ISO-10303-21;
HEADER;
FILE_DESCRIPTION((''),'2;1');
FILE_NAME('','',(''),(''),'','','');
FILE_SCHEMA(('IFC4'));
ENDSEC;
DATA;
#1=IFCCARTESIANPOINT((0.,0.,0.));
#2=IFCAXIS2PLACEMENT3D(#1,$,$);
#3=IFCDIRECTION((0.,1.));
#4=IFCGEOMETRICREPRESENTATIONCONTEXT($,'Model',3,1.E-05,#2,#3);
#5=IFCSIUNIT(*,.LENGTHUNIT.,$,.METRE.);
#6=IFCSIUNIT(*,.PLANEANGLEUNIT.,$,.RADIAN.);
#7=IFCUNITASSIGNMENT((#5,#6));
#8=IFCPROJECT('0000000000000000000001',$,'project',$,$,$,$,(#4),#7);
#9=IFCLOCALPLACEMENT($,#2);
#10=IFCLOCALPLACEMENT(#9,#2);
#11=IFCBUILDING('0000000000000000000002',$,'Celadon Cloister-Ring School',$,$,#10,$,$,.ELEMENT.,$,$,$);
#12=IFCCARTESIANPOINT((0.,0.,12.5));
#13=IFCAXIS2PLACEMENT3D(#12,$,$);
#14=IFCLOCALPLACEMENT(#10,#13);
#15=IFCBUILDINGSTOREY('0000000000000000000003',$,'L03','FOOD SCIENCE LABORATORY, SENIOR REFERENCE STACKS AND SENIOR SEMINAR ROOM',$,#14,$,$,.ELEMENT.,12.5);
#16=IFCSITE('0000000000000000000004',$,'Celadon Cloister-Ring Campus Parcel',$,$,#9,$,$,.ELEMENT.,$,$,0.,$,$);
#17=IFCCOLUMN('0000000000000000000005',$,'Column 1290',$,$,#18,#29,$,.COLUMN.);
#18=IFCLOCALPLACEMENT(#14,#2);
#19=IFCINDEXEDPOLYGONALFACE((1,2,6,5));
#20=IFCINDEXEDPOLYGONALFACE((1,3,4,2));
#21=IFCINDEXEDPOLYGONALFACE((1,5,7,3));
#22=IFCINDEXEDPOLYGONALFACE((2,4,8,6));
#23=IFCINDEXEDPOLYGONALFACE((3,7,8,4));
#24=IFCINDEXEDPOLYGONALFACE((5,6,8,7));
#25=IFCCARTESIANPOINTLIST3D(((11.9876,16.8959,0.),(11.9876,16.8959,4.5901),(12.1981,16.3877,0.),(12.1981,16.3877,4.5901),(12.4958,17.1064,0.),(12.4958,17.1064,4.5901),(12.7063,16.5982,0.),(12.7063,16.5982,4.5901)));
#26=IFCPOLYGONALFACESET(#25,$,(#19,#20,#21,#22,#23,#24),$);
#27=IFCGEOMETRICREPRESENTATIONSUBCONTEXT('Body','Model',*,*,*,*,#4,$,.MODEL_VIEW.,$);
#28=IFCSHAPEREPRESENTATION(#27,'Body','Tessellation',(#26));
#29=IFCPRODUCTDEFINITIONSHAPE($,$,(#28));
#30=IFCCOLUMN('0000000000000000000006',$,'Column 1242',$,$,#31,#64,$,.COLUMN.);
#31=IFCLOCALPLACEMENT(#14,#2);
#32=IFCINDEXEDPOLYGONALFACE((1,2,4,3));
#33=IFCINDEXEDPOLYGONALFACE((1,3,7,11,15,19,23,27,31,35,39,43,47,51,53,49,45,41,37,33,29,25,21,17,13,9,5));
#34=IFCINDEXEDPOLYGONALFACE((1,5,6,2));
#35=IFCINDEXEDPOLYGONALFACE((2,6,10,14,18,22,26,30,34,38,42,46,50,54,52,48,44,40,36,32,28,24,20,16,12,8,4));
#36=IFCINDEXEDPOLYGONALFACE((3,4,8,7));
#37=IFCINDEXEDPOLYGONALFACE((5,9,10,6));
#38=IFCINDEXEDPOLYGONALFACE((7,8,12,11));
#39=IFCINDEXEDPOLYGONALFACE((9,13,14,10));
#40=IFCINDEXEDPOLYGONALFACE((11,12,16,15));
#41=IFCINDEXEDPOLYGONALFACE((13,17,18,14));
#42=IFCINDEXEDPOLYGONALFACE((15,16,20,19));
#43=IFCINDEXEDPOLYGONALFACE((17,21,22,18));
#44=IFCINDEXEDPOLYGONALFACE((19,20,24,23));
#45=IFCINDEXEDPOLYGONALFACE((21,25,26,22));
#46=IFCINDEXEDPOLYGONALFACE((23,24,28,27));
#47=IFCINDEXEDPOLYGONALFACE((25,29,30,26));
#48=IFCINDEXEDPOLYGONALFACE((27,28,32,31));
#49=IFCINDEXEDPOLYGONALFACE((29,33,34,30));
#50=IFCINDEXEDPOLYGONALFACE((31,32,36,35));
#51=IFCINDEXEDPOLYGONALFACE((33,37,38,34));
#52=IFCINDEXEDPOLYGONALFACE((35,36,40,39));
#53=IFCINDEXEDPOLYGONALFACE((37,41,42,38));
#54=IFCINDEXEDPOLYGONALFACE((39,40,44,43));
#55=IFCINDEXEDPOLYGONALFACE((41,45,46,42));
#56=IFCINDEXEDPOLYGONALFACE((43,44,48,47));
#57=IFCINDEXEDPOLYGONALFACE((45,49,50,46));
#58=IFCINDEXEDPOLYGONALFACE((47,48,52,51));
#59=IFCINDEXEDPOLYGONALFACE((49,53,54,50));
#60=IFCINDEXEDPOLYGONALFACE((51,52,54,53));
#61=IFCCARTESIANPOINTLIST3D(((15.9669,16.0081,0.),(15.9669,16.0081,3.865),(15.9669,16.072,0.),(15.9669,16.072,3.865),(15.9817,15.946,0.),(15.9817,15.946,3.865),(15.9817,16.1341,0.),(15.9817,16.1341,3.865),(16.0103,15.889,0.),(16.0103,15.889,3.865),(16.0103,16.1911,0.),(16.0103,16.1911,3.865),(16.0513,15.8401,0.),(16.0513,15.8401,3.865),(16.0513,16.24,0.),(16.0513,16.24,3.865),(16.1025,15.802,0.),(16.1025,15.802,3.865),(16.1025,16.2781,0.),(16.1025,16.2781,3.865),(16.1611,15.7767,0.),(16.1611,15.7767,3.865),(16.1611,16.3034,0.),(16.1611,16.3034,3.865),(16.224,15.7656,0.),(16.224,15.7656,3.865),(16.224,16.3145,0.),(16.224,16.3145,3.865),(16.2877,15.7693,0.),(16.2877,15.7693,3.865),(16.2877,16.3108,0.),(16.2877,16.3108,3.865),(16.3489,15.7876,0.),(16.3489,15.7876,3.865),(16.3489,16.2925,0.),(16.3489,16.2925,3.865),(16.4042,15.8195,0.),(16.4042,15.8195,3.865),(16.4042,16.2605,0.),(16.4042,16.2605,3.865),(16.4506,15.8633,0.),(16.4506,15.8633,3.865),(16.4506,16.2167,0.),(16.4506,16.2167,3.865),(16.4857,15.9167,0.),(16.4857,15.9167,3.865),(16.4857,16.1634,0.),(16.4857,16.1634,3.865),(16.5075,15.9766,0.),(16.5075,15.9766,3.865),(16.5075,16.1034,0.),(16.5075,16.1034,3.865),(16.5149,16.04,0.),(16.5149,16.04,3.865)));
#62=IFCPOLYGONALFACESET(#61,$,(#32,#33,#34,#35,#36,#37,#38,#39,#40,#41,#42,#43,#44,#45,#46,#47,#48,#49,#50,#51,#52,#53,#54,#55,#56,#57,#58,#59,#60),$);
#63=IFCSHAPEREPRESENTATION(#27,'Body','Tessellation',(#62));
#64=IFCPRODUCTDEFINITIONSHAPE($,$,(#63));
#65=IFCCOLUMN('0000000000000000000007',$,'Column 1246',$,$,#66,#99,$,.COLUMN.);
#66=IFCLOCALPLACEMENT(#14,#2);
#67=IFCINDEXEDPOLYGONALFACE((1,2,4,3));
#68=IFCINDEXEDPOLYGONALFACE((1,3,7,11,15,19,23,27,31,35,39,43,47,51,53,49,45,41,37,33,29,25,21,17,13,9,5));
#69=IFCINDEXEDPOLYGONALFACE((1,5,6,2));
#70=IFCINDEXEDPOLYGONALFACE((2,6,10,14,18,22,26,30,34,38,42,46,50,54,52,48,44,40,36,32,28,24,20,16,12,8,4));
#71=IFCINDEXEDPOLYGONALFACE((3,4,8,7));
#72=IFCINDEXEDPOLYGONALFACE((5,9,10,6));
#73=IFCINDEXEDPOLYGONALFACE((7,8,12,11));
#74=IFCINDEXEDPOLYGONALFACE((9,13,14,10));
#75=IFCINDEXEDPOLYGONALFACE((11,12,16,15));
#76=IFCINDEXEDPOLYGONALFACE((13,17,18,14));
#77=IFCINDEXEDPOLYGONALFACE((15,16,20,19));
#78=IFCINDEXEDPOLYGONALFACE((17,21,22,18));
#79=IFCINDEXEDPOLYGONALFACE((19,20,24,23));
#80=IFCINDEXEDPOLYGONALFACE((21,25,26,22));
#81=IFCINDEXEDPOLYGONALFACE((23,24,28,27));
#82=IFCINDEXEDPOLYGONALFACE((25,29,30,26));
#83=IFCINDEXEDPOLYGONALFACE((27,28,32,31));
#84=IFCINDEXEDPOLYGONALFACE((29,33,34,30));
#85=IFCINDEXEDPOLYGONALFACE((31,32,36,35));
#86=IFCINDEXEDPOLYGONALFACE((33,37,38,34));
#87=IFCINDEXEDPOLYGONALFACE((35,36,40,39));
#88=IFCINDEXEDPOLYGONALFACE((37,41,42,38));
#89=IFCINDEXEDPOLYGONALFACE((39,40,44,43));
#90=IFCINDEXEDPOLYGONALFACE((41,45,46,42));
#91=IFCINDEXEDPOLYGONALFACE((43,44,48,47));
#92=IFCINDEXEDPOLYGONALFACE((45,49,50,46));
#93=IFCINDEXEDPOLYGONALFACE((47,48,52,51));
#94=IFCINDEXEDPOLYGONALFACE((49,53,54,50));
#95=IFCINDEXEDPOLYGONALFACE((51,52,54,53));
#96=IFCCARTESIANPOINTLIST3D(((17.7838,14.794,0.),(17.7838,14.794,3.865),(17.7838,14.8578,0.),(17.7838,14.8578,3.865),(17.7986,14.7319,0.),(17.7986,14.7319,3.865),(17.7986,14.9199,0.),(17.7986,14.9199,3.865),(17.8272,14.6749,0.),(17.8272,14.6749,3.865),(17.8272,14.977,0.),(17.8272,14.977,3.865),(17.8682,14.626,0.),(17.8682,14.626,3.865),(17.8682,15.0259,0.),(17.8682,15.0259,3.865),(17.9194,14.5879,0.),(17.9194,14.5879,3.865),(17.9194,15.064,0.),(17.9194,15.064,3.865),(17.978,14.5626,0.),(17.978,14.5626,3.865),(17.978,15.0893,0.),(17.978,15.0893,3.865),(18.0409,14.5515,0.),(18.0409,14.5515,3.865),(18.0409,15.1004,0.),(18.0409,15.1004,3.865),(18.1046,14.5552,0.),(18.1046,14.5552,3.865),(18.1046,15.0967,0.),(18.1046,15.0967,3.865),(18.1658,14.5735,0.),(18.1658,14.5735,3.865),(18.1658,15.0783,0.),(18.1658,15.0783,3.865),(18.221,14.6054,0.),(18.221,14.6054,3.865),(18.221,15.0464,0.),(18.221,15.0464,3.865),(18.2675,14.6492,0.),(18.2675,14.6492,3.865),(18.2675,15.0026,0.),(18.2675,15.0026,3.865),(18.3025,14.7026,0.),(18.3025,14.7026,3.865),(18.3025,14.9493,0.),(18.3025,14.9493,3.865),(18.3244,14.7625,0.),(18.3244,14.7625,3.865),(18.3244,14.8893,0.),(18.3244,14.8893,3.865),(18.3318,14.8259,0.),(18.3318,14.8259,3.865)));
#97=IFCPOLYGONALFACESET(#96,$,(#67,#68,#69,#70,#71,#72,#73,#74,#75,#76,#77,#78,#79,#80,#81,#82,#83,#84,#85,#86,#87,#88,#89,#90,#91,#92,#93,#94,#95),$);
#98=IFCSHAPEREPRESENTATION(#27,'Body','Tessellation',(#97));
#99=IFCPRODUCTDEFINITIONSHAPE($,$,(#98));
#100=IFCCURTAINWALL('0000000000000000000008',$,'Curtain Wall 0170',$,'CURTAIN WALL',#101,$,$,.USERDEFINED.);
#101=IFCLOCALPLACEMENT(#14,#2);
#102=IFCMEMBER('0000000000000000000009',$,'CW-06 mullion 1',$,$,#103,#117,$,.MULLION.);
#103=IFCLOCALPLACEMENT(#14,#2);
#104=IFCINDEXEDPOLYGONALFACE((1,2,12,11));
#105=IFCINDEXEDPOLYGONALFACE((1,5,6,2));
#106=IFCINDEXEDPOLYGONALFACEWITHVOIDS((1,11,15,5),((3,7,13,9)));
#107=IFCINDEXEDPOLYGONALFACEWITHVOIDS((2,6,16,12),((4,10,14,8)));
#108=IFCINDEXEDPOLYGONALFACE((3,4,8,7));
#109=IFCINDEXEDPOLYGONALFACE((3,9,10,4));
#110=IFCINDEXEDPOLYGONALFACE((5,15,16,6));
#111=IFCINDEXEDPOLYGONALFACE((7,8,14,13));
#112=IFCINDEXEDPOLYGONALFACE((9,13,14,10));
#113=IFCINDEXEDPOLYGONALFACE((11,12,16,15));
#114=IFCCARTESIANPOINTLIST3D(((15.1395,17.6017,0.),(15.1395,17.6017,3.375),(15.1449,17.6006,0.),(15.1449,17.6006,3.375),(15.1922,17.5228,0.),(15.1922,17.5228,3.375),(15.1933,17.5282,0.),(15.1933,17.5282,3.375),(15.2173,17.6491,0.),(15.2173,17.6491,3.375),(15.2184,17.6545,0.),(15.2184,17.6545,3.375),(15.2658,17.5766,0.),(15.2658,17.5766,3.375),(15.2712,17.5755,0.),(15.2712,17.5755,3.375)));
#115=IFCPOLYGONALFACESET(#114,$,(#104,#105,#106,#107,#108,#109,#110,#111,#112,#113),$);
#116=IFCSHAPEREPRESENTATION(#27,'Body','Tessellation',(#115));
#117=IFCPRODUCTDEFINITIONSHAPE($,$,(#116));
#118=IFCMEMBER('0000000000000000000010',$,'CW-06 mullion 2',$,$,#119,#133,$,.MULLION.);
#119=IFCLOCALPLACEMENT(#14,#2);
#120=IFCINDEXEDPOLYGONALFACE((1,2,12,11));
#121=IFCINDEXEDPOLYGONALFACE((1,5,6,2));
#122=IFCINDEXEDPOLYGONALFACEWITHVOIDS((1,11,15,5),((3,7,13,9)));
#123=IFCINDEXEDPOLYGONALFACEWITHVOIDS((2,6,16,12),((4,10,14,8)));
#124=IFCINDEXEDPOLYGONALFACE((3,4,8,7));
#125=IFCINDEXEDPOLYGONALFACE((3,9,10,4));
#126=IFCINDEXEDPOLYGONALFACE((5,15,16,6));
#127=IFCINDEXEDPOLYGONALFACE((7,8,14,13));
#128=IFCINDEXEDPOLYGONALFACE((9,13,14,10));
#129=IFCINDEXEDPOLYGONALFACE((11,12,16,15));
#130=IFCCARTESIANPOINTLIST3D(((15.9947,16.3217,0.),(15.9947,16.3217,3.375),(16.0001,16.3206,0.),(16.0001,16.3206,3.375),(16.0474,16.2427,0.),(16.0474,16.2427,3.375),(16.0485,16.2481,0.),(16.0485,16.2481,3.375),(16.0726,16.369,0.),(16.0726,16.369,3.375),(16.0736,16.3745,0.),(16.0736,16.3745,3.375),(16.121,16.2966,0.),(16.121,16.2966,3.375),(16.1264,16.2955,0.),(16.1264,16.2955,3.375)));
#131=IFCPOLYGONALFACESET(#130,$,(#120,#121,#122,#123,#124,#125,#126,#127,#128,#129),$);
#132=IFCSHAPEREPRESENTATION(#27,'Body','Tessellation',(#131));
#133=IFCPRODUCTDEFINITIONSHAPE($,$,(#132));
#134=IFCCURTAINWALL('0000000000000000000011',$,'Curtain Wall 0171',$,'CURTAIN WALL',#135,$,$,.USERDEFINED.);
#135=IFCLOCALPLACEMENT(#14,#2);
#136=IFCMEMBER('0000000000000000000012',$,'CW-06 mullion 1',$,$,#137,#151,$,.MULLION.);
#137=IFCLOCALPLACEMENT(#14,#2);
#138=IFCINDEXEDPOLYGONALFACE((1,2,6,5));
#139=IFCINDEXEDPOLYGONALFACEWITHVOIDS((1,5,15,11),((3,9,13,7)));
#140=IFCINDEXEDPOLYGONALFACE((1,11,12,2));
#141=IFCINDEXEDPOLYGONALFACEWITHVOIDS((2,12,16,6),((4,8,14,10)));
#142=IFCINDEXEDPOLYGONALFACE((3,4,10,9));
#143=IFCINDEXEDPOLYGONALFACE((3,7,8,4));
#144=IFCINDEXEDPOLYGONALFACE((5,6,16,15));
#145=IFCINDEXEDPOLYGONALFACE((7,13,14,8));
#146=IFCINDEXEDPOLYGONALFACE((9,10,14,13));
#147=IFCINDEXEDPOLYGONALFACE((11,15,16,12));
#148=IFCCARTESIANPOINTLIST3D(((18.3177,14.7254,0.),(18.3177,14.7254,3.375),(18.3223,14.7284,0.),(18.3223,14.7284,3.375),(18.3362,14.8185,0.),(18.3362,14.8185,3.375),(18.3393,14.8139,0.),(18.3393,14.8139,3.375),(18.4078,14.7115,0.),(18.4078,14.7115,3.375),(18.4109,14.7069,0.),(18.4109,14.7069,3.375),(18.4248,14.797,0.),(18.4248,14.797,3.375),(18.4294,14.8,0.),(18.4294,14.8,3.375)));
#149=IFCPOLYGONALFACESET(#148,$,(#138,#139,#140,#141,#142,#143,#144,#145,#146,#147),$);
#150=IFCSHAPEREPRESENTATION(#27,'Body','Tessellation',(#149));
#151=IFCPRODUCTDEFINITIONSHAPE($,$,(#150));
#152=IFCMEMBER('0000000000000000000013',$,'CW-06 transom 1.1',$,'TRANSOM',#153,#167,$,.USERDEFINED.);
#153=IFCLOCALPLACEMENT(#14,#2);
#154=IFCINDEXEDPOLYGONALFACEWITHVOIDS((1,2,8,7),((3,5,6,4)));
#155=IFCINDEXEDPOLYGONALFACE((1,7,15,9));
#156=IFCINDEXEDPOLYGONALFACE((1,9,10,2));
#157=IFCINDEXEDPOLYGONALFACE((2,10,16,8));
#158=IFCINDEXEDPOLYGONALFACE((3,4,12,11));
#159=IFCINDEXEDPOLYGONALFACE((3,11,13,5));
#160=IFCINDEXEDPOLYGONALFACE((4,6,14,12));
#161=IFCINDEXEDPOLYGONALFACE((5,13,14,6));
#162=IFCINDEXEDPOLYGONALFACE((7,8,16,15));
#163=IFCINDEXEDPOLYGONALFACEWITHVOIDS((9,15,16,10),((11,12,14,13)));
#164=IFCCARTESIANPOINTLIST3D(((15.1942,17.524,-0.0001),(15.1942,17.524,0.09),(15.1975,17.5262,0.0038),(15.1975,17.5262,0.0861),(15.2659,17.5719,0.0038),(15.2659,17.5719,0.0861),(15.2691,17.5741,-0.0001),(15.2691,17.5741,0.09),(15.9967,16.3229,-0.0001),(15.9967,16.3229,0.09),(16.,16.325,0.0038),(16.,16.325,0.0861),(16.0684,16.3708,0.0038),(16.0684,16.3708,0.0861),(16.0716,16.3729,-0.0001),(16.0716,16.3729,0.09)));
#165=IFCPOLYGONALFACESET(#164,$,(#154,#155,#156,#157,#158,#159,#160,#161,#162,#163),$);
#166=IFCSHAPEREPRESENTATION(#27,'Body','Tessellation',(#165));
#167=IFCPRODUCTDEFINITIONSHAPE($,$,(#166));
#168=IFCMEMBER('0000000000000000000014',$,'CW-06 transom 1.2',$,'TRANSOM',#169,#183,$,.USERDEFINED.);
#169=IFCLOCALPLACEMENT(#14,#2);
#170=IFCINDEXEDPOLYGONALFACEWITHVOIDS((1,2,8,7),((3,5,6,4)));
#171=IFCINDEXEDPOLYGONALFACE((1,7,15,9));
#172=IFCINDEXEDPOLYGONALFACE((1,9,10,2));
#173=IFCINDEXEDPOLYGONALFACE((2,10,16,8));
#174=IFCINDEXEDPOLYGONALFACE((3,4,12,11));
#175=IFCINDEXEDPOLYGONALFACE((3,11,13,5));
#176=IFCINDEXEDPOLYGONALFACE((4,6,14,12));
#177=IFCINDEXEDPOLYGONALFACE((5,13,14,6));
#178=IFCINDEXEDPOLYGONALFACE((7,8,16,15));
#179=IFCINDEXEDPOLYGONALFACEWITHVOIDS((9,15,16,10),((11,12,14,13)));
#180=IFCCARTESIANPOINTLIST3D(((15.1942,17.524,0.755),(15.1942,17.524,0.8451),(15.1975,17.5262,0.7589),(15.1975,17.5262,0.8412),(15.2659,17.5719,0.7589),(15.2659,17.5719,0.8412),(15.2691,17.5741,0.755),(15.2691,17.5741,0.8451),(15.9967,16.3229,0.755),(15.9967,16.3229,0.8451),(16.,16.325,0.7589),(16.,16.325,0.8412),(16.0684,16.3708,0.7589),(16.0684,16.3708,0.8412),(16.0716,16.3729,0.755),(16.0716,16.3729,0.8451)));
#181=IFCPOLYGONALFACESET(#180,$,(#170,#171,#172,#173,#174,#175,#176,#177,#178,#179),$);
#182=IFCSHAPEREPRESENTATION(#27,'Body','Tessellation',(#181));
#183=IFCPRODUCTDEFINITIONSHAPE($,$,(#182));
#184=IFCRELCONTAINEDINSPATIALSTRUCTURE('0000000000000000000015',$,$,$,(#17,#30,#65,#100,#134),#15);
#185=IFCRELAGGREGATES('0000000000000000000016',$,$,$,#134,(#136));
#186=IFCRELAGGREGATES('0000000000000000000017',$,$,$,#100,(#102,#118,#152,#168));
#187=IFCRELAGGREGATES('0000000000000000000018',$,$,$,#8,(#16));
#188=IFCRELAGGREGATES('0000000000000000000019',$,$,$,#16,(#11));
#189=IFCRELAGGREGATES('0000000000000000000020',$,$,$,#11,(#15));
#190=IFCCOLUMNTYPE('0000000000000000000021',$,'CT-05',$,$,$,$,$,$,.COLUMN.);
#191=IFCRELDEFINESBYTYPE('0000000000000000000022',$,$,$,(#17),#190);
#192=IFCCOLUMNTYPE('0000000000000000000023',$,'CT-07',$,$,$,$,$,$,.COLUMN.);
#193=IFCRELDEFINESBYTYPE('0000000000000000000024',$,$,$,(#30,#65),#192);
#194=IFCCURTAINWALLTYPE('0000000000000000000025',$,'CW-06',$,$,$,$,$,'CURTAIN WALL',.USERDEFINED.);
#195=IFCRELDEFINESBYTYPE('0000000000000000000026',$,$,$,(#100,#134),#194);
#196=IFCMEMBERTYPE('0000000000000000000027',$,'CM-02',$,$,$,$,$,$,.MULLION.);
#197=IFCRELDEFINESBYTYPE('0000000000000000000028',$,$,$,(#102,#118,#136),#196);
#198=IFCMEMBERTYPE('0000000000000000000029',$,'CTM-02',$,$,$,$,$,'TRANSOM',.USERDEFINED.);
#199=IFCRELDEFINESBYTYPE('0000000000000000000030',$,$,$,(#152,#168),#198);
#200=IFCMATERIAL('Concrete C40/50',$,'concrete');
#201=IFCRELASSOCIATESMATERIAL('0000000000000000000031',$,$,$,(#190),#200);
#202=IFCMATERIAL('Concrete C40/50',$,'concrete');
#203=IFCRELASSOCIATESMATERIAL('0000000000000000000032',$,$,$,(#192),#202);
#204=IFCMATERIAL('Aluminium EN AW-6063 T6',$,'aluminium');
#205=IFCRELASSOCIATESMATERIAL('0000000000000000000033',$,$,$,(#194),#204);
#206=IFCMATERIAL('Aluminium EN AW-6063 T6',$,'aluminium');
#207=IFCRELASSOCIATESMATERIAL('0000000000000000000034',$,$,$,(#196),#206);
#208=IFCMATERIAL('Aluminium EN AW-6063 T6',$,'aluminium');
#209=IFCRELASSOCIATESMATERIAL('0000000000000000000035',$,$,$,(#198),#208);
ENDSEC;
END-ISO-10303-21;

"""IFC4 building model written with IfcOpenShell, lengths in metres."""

from ifc_helpers import new_model, si_unit, direction, frame, origin, origin_2d, place, context, subcontext, project, spatial, rectangle, hollow_rectangle, circle, extrude, material, material_profile, profile_set, type_object, element, aggregate, save


model = new_model("IFC4")

# Units and contexts
model_context = context("Model", 3, precision=1e-05, world=origin(), true_north=direction((0.0, 1.0)))
body_context = subcontext(model_context, "Body", "Model", "MODEL_VIEW")
ifc_project = project(units=[si_unit("LENGTHUNIT", "METRE"), si_unit("PLANEANGLEUNIT", "RADIAN")], contexts=[model_context])

# Site, building, storey
site_placement = place(None, origin())
site = spatial("IfcSite", under=ifc_project, at=site_placement, Name="Celadon Cloister-Ring Campus Parcel", CompositionType="ELEMENT", RefElevation=0.0)
building_placement = place(site_placement, origin())
building = spatial("IfcBuilding", under=site, at=building_placement, Name="Celadon Cloister-Ring School", CompositionType="ELEMENT")
storey_placement = place(building_placement, frame((0.0, 0.0, 12.5)))
storey = spatial("IfcBuildingStorey", under=building, at=storey_placement, Name="L03", Description="FOOD SCIENCE LABORATORY, SENIOR REFERENCE STACKS AND SENIOR SEMINAR ROOM", CompositionType="ELEMENT", Elevation=12.5)

# Columns
ifc_material_1 = material(Name="Concrete C40/50", Category="concrete")
ifc_material_profile_1 = material_profile(ifc_material_1, rectangle(XDim=0.55, YDim=0.55, at=origin_2d()), Name="RC550X550")
ifc_profile_set_1 = profile_set([ifc_material_profile_1], Name="Concrete C40/50")
column_type_1 = type_object("IfcColumnType", Name="CT-05", PredefinedType="COLUMN", material=ifc_profile_set_1)
column_placement = place(storey_placement, frame((12.3469, 16.7471, 0.0), z_axis=(0.0, 0.0, 1.0), x_axis=(-0.92388, -0.382683, 0.0)))
element("IfcColumn", 1, at=column_placement, inside=storey, type_object=column_type_1, Name="Column 1290", PredefinedType="COLUMN", context=body_context, shape_type="SweptSolid", body=[
    extrude(rectangle(XDim=0.55, YDim=0.55, at=origin_2d()), origin(), (0.0, 0.0, 1.0), 4.5901),
])
ifc_material_2 = material(Name="Concrete C40/50", Category="concrete")
ifc_material_profile_2 = material_profile(ifc_material_2, circle(Radius=0.2749, at=origin_2d()), Name="CIRC550")
ifc_profile_set_2 = profile_set([ifc_material_profile_2], Name="Concrete C40/50")
column_type_2 = type_object("IfcColumnType", Name="CT-07", PredefinedType="COLUMN", material=ifc_profile_set_2)
for number, where, z_axis, x_axis, name in (
    (2, (16.24, 16.04, 0.0), (0.0, 0.0, 1.0), (1.0, 0.0, 0.0), "Column 1242"),
    (3, (18.0569, 14.8259, 0.0), (0.0, 0.0, 1.0), (1.0, 0.0, 0.0), "Column 1246"),
):
    element("IfcColumn", number, at=place(storey_placement, frame(where, z_axis=z_axis, x_axis=x_axis)), inside=storey, type_object=column_type_2, Name=name, PredefinedType="COLUMN", context=body_context, shape_type="SweptSolid", body=[
        extrude(circle(Radius=0.2749, at=origin_2d()), origin(), (0.0, 0.0, 1.0), 3.865),
    ])

# Curtain wall, members
ifc_material_3 = material(Name="Aluminium EN AW-6063 T6", Category="aluminium")
curtain_wall_type = type_object("IfcCurtainWallType", Name="CW-06", ElementType="CURTAIN WALL", PredefinedType="USERDEFINED", material=ifc_material_3)
curtain_wall_1_placement = place(storey_placement, origin())
curtain_wall_1 = element("IfcCurtainWall", 4, at=curtain_wall_1_placement, inside=storey, type_object=curtain_wall_type, Name="Curtain Wall 0170", ObjectType="CURTAIN WALL", PredefinedType="USERDEFINED")
ifc_material_4 = material(Name="Aluminium EN AW-6063 T6", Category="aluminium")
ifc_material_profile_3 = material_profile(ifc_material_4, hollow_rectangle(XDim=0.095, YDim=0.095, WallThickness=0.0039, at=origin_2d()), Name="RHS95X95X4")
ifc_profile_set_3 = profile_set([ifc_material_profile_3], Name="Aluminium EN AW-6063 T6")
member_type_1 = type_object("IfcMemberType", Name="CM-02", PredefinedType="MULLION", material=ifc_profile_set_3)
member_1_placement = place(storey_placement, frame((15.2053, 17.5886, 0.0), z_axis=(0.0, 0.0, 1.0), x_axis=(0.831485, 0.555547, 0.0)))
member_1 = element("IfcMember", 5, at=member_1_placement, type_object=member_type_1, Name="CW-06 mullion 1", PredefinedType="MULLION", context=body_context, shape_type="SweptSolid", body=[
    extrude(hollow_rectangle(XDim=0.095, YDim=0.095, WallThickness=0.0039, at=origin_2d()), origin(), (0.0, 0.0, 1.0), 3.375),
])
member_2_placement = place(storey_placement, frame((16.0605, 16.3086, 0.0), z_axis=(0.0, 0.0, 1.0), x_axis=(0.831485, 0.555547, 0.0)))
member_2 = element("IfcMember", 6, at=member_2_placement, type_object=member_type_1, Name="CW-06 mullion 2", PredefinedType="MULLION", context=body_context, shape_type="SweptSolid", body=[
    extrude(hollow_rectangle(XDim=0.095, YDim=0.095, WallThickness=0.0039, at=origin_2d()), origin(), (0.0, 0.0, 1.0), 3.375),
])

# Curtain wall, member
curtain_wall_2_placement = place(storey_placement, origin())
curtain_wall_2 = element("IfcCurtainWall", 7, at=curtain_wall_2_placement, inside=storey, type_object=curtain_wall_type, Name="Curtain Wall 0171", ObjectType="CURTAIN WALL", PredefinedType="USERDEFINED")
member_3_placement = place(storey_placement, frame((18.3735, 14.7627, 0.0), z_axis=(0.0, 0.0, 1.0), x_axis=(0.194586, 0.980885, 0.0)))
member_3 = element("IfcMember", 8, at=member_3_placement, type_object=member_type_1, Name="CW-06 mullion 1", PredefinedType="MULLION", context=body_context, shape_type="SweptSolid", body=[
    extrude(hollow_rectangle(XDim=0.095, YDim=0.095, WallThickness=0.0039, at=origin_2d()), origin(), (0.0, 0.0, 1.0), 3.375),
])

# Members
ifc_material_5 = material(Name="Aluminium EN AW-6063 T6", Category="aluminium")
ifc_material_profile_4 = material_profile(ifc_material_5, hollow_rectangle(XDim=0.0901, YDim=0.0901, WallThickness=0.0039, at=origin_2d()), Name="RHS90X90X4")
ifc_profile_set_4 = profile_set([ifc_material_profile_4], Name="Aluminium EN AW-6063 T6")
member_type_2 = type_object("IfcMemberType", Name="CTM-02", ElementType="TRANSOM", PredefinedType="USERDEFINED", material=ifc_profile_set_4)
member_4_placement = place(storey_placement, frame((15.2317, 17.5491, 0.0449), z_axis=(0.555519, -0.831504, 0.0), x_axis=(0.831504, 0.555519, 0.0)))
member_4 = element("IfcMember", 9, at=member_4_placement, type_object=member_type_2, Name="CW-06 transom 1.1", ObjectType="TRANSOM", PredefinedType="USERDEFINED", context=body_context, shape_type="SweptSolid", body=[
    extrude(hollow_rectangle(XDim=0.0901, YDim=0.0901, WallThickness=0.0039, at=origin_2d()), origin(), (0.0, 0.0, 1.0), 1.4446),
])
member_5_placement = place(storey_placement, frame((15.2317, 17.5491, 0.8), z_axis=(0.555519, -0.831504, 0.0), x_axis=(0.831504, 0.555519, 0.0)))
member_5 = element("IfcMember", 10, at=member_5_placement, type_object=member_type_2, Name="CW-06 transom 1.2", ObjectType="TRANSOM", PredefinedType="USERDEFINED", context=body_context, shape_type="SweptSolid", body=[
    extrude(hollow_rectangle(XDim=0.0901, YDim=0.0901, WallThickness=0.0039, at=origin_2d()), origin(), (0.0, 0.0, 1.0), 1.4446),
])
aggregate(curtain_wall_2, [member_3])

aggregate(curtain_wall_1, [member_1, member_2, member_4, member_5])

save(model, "model.ifc")
